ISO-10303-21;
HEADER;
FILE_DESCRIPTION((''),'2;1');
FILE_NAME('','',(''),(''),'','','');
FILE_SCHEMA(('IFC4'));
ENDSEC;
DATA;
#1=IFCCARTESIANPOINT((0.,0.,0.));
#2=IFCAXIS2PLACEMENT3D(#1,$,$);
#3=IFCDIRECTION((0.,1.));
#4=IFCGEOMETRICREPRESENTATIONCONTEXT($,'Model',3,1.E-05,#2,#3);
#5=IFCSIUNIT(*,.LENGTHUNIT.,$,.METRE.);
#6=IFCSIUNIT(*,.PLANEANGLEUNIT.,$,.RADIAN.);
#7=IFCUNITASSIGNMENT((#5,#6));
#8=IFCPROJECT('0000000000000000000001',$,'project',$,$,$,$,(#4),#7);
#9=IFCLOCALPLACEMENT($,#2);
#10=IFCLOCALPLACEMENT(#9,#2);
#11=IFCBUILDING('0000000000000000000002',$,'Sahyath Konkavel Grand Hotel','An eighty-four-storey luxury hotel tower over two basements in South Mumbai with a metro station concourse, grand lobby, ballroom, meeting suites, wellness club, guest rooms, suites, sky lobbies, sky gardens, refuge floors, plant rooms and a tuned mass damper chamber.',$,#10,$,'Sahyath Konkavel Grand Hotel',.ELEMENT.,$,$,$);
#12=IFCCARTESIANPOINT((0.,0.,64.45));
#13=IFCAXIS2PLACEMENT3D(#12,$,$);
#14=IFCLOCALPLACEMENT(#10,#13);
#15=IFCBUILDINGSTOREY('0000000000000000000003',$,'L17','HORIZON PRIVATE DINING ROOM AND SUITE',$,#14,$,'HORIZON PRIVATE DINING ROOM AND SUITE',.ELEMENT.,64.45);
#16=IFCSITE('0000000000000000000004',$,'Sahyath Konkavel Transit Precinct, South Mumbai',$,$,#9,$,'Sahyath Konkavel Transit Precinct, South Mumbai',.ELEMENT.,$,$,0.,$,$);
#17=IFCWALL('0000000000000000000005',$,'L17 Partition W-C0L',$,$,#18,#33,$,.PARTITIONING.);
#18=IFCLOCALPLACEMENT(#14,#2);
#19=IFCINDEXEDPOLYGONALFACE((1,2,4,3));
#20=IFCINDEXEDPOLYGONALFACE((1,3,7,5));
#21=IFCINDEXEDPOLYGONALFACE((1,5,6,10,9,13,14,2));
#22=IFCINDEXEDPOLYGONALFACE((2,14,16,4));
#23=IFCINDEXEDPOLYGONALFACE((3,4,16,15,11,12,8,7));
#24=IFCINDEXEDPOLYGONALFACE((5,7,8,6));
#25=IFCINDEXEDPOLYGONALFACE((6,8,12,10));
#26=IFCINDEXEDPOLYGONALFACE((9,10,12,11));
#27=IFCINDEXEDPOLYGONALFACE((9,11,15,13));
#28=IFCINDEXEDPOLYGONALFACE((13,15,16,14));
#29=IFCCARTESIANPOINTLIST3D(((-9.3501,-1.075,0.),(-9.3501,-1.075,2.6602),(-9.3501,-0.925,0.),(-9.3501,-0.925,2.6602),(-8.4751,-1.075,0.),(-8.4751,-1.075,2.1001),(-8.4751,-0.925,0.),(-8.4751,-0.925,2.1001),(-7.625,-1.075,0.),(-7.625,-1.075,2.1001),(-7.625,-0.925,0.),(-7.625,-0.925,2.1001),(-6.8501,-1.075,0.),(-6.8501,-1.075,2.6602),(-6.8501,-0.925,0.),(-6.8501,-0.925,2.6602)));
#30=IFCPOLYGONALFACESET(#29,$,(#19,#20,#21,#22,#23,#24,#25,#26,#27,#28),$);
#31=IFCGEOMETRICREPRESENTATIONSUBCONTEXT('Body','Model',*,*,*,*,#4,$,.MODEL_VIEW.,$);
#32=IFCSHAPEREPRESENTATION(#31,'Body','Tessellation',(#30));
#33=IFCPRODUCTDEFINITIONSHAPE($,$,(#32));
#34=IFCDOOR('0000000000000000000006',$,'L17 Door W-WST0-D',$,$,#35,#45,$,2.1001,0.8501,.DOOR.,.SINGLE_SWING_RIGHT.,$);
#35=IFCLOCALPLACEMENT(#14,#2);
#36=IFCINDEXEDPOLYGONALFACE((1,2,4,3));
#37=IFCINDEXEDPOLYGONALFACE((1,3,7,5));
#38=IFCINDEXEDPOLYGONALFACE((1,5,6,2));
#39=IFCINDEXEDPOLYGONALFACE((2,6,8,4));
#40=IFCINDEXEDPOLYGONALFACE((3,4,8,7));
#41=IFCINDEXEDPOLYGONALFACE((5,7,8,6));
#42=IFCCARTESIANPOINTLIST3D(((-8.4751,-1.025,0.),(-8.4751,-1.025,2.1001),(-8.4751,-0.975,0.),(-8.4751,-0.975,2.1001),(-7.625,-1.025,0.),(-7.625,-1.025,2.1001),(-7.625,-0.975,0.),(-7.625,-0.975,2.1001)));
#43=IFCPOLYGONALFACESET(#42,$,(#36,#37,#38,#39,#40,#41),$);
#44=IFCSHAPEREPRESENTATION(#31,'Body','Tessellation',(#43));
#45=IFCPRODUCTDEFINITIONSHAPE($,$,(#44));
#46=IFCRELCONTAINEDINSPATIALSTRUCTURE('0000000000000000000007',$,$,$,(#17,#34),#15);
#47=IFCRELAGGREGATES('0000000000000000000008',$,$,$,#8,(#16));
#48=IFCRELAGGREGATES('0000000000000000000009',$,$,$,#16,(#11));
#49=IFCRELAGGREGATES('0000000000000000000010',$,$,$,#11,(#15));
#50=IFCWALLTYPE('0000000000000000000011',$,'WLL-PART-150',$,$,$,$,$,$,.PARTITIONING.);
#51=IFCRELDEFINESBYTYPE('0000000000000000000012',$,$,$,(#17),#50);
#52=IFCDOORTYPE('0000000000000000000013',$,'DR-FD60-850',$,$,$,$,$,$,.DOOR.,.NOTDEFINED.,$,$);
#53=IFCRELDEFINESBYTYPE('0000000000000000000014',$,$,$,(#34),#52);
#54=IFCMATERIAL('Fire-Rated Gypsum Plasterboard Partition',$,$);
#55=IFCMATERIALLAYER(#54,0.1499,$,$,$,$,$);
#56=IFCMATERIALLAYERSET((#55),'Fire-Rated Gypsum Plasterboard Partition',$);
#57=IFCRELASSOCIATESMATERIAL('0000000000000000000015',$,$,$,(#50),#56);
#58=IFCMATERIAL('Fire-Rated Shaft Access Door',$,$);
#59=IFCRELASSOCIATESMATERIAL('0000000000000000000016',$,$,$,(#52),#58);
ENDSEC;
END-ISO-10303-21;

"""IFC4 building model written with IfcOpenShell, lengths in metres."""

from ifc_helpers import new_model, si_unit, direction, frame, frame_2d, origin, origin_2d, place, context, subcontext, project, spatial, rectangle, extrude, source, transform, mapped, material, layer, layer_set, type_object, element, fill, save


model = new_model("IFC4")

# Units and contexts
model_context = context("Model", 3, precision=1e-05, world=origin(), true_north=direction((0.0, 1.0)))
body_context = subcontext(model_context, "Body", "Model", "MODEL_VIEW")
ifc_project = project(units=[si_unit("LENGTHUNIT", "METRE"), si_unit("PLANEANGLEUNIT", "RADIAN")], contexts=[model_context])

# Site, building, storey
site_placement = place(None, origin())
site = spatial("IfcSite", under=ifc_project, at=site_placement, Name="Sahyath Konkavel Transit Precinct, South Mumbai", LongName="Sahyath Konkavel Transit Precinct, South Mumbai", CompositionType="ELEMENT", RefElevation=0.0)
building_placement = place(site_placement, origin())
building = spatial("IfcBuilding", under=site, at=building_placement, Name="Sahyath Konkavel Grand Hotel", Description="An eighty-four-storey luxury hotel tower over two basements in South Mumbai with a metro station concourse, grand lobby, ballroom, meeting suites, wellness club, guest rooms, suites, sky lobbies, sky gardens, refuge floors, plant rooms and a tuned mass damper chamber.", LongName="Sahyath Konkavel Grand Hotel", CompositionType="ELEMENT")
storey_placement = place(building_placement, frame((0.0, 0.0, 64.45)))
storey = spatial("IfcBuildingStorey", under=building, at=storey_placement, Name="L17", Description="HORIZON PRIVATE DINING ROOM AND SUITE", LongName="HORIZON PRIVATE DINING ROOM AND SUITE", CompositionType="ELEMENT", Elevation=64.45)

# Shared definitions
ifc_material_1 = material(Name="Fire-Rated Gypsum Plasterboard Partition")
ifc_layer_1 = layer(ifc_material_1, 0.1499)
ifc_layer_set_1 = layer_set([ifc_layer_1], Name="Fire-Rated Gypsum Plasterboard Partition")
wall_type_1 = type_object("IfcWallType", Name="WLL-PART-150", PredefinedType="PARTITIONING", material=ifc_layer_set_1)

# Shared definitions
ifc_material_2 = material(Name="Fire-Rated Shaft Access Door")
door_type_1 = type_object("IfcDoorType", Name="DR-FD60-850", OperationType="NOTDEFINED", PredefinedType="DOOR", material=ifc_material_2)
shared_shape_1 = source(origin(), body_context, "Body", "SweptSolid", [
    extrude(rectangle(XDim=0.8501, YDim=0.05, at=origin_2d()), origin(), (0.0, 0.0, 1.0), 2.1001),
])

# Wall, opening, door
wall_1_placement = place(storey_placement, frame((-6.8501, -1.0, 0.0), z_axis=(0.0, 0.0, 1.0), x_axis=(-1.0, 0.0, 0.0)))
wall_1 = element("IfcWall", 1, at=wall_1_placement, inside=storey, type_object=wall_type_1, Name="L17 Partition W-C0L", PredefinedType="PARTITIONING", context=body_context, shape_type="SweptSolid", body=[
    extrude(rectangle(XDim=2.5, YDim=0.1499, at=frame_2d((1.25, 0.0))), origin(), (0.0, 0.0, 1.0), 2.6602),
])
opening_1_placement = place(wall_1_placement, frame((0.7749, 0.0, 0.0)))
opening_1 = element("IfcOpeningElement", 2, at=opening_1_placement, cuts=wall_1, PredefinedType="OPENING", context=body_context, shape_type="SweptSolid", body=[
    extrude(rectangle(XDim=0.8501, YDim=2.1001, at=frame_2d((0.425, 1.05))), frame((0.0, 0.085, 0.0), z_axis=(0.0, -1.0, 0.0), x_axis=(1.0, 0.0, 0.0)), (0.0, 0.0, 1.0), 0.1699),
])
door_1_placement = place(opening_1_placement, frame((0.425, 0.0, 0.0)))
door_1 = element("IfcDoor", 3, at=door_1_placement, inside=storey, type_object=door_type_1, Name="L17 Door W-WST0-D", OperationType="SINGLE_SWING_RIGHT", OverallHeight=2.1001, OverallWidth=0.8501, PredefinedType="DOOR", context=body_context, shape_type="MappedRepresentation", body=[
    mapped(shared_shape_1, transform((0.0, 0.0, 0.0), scale=1.0)),
])
fill(opening_1, door_1)

save(model, "model.ifc")
